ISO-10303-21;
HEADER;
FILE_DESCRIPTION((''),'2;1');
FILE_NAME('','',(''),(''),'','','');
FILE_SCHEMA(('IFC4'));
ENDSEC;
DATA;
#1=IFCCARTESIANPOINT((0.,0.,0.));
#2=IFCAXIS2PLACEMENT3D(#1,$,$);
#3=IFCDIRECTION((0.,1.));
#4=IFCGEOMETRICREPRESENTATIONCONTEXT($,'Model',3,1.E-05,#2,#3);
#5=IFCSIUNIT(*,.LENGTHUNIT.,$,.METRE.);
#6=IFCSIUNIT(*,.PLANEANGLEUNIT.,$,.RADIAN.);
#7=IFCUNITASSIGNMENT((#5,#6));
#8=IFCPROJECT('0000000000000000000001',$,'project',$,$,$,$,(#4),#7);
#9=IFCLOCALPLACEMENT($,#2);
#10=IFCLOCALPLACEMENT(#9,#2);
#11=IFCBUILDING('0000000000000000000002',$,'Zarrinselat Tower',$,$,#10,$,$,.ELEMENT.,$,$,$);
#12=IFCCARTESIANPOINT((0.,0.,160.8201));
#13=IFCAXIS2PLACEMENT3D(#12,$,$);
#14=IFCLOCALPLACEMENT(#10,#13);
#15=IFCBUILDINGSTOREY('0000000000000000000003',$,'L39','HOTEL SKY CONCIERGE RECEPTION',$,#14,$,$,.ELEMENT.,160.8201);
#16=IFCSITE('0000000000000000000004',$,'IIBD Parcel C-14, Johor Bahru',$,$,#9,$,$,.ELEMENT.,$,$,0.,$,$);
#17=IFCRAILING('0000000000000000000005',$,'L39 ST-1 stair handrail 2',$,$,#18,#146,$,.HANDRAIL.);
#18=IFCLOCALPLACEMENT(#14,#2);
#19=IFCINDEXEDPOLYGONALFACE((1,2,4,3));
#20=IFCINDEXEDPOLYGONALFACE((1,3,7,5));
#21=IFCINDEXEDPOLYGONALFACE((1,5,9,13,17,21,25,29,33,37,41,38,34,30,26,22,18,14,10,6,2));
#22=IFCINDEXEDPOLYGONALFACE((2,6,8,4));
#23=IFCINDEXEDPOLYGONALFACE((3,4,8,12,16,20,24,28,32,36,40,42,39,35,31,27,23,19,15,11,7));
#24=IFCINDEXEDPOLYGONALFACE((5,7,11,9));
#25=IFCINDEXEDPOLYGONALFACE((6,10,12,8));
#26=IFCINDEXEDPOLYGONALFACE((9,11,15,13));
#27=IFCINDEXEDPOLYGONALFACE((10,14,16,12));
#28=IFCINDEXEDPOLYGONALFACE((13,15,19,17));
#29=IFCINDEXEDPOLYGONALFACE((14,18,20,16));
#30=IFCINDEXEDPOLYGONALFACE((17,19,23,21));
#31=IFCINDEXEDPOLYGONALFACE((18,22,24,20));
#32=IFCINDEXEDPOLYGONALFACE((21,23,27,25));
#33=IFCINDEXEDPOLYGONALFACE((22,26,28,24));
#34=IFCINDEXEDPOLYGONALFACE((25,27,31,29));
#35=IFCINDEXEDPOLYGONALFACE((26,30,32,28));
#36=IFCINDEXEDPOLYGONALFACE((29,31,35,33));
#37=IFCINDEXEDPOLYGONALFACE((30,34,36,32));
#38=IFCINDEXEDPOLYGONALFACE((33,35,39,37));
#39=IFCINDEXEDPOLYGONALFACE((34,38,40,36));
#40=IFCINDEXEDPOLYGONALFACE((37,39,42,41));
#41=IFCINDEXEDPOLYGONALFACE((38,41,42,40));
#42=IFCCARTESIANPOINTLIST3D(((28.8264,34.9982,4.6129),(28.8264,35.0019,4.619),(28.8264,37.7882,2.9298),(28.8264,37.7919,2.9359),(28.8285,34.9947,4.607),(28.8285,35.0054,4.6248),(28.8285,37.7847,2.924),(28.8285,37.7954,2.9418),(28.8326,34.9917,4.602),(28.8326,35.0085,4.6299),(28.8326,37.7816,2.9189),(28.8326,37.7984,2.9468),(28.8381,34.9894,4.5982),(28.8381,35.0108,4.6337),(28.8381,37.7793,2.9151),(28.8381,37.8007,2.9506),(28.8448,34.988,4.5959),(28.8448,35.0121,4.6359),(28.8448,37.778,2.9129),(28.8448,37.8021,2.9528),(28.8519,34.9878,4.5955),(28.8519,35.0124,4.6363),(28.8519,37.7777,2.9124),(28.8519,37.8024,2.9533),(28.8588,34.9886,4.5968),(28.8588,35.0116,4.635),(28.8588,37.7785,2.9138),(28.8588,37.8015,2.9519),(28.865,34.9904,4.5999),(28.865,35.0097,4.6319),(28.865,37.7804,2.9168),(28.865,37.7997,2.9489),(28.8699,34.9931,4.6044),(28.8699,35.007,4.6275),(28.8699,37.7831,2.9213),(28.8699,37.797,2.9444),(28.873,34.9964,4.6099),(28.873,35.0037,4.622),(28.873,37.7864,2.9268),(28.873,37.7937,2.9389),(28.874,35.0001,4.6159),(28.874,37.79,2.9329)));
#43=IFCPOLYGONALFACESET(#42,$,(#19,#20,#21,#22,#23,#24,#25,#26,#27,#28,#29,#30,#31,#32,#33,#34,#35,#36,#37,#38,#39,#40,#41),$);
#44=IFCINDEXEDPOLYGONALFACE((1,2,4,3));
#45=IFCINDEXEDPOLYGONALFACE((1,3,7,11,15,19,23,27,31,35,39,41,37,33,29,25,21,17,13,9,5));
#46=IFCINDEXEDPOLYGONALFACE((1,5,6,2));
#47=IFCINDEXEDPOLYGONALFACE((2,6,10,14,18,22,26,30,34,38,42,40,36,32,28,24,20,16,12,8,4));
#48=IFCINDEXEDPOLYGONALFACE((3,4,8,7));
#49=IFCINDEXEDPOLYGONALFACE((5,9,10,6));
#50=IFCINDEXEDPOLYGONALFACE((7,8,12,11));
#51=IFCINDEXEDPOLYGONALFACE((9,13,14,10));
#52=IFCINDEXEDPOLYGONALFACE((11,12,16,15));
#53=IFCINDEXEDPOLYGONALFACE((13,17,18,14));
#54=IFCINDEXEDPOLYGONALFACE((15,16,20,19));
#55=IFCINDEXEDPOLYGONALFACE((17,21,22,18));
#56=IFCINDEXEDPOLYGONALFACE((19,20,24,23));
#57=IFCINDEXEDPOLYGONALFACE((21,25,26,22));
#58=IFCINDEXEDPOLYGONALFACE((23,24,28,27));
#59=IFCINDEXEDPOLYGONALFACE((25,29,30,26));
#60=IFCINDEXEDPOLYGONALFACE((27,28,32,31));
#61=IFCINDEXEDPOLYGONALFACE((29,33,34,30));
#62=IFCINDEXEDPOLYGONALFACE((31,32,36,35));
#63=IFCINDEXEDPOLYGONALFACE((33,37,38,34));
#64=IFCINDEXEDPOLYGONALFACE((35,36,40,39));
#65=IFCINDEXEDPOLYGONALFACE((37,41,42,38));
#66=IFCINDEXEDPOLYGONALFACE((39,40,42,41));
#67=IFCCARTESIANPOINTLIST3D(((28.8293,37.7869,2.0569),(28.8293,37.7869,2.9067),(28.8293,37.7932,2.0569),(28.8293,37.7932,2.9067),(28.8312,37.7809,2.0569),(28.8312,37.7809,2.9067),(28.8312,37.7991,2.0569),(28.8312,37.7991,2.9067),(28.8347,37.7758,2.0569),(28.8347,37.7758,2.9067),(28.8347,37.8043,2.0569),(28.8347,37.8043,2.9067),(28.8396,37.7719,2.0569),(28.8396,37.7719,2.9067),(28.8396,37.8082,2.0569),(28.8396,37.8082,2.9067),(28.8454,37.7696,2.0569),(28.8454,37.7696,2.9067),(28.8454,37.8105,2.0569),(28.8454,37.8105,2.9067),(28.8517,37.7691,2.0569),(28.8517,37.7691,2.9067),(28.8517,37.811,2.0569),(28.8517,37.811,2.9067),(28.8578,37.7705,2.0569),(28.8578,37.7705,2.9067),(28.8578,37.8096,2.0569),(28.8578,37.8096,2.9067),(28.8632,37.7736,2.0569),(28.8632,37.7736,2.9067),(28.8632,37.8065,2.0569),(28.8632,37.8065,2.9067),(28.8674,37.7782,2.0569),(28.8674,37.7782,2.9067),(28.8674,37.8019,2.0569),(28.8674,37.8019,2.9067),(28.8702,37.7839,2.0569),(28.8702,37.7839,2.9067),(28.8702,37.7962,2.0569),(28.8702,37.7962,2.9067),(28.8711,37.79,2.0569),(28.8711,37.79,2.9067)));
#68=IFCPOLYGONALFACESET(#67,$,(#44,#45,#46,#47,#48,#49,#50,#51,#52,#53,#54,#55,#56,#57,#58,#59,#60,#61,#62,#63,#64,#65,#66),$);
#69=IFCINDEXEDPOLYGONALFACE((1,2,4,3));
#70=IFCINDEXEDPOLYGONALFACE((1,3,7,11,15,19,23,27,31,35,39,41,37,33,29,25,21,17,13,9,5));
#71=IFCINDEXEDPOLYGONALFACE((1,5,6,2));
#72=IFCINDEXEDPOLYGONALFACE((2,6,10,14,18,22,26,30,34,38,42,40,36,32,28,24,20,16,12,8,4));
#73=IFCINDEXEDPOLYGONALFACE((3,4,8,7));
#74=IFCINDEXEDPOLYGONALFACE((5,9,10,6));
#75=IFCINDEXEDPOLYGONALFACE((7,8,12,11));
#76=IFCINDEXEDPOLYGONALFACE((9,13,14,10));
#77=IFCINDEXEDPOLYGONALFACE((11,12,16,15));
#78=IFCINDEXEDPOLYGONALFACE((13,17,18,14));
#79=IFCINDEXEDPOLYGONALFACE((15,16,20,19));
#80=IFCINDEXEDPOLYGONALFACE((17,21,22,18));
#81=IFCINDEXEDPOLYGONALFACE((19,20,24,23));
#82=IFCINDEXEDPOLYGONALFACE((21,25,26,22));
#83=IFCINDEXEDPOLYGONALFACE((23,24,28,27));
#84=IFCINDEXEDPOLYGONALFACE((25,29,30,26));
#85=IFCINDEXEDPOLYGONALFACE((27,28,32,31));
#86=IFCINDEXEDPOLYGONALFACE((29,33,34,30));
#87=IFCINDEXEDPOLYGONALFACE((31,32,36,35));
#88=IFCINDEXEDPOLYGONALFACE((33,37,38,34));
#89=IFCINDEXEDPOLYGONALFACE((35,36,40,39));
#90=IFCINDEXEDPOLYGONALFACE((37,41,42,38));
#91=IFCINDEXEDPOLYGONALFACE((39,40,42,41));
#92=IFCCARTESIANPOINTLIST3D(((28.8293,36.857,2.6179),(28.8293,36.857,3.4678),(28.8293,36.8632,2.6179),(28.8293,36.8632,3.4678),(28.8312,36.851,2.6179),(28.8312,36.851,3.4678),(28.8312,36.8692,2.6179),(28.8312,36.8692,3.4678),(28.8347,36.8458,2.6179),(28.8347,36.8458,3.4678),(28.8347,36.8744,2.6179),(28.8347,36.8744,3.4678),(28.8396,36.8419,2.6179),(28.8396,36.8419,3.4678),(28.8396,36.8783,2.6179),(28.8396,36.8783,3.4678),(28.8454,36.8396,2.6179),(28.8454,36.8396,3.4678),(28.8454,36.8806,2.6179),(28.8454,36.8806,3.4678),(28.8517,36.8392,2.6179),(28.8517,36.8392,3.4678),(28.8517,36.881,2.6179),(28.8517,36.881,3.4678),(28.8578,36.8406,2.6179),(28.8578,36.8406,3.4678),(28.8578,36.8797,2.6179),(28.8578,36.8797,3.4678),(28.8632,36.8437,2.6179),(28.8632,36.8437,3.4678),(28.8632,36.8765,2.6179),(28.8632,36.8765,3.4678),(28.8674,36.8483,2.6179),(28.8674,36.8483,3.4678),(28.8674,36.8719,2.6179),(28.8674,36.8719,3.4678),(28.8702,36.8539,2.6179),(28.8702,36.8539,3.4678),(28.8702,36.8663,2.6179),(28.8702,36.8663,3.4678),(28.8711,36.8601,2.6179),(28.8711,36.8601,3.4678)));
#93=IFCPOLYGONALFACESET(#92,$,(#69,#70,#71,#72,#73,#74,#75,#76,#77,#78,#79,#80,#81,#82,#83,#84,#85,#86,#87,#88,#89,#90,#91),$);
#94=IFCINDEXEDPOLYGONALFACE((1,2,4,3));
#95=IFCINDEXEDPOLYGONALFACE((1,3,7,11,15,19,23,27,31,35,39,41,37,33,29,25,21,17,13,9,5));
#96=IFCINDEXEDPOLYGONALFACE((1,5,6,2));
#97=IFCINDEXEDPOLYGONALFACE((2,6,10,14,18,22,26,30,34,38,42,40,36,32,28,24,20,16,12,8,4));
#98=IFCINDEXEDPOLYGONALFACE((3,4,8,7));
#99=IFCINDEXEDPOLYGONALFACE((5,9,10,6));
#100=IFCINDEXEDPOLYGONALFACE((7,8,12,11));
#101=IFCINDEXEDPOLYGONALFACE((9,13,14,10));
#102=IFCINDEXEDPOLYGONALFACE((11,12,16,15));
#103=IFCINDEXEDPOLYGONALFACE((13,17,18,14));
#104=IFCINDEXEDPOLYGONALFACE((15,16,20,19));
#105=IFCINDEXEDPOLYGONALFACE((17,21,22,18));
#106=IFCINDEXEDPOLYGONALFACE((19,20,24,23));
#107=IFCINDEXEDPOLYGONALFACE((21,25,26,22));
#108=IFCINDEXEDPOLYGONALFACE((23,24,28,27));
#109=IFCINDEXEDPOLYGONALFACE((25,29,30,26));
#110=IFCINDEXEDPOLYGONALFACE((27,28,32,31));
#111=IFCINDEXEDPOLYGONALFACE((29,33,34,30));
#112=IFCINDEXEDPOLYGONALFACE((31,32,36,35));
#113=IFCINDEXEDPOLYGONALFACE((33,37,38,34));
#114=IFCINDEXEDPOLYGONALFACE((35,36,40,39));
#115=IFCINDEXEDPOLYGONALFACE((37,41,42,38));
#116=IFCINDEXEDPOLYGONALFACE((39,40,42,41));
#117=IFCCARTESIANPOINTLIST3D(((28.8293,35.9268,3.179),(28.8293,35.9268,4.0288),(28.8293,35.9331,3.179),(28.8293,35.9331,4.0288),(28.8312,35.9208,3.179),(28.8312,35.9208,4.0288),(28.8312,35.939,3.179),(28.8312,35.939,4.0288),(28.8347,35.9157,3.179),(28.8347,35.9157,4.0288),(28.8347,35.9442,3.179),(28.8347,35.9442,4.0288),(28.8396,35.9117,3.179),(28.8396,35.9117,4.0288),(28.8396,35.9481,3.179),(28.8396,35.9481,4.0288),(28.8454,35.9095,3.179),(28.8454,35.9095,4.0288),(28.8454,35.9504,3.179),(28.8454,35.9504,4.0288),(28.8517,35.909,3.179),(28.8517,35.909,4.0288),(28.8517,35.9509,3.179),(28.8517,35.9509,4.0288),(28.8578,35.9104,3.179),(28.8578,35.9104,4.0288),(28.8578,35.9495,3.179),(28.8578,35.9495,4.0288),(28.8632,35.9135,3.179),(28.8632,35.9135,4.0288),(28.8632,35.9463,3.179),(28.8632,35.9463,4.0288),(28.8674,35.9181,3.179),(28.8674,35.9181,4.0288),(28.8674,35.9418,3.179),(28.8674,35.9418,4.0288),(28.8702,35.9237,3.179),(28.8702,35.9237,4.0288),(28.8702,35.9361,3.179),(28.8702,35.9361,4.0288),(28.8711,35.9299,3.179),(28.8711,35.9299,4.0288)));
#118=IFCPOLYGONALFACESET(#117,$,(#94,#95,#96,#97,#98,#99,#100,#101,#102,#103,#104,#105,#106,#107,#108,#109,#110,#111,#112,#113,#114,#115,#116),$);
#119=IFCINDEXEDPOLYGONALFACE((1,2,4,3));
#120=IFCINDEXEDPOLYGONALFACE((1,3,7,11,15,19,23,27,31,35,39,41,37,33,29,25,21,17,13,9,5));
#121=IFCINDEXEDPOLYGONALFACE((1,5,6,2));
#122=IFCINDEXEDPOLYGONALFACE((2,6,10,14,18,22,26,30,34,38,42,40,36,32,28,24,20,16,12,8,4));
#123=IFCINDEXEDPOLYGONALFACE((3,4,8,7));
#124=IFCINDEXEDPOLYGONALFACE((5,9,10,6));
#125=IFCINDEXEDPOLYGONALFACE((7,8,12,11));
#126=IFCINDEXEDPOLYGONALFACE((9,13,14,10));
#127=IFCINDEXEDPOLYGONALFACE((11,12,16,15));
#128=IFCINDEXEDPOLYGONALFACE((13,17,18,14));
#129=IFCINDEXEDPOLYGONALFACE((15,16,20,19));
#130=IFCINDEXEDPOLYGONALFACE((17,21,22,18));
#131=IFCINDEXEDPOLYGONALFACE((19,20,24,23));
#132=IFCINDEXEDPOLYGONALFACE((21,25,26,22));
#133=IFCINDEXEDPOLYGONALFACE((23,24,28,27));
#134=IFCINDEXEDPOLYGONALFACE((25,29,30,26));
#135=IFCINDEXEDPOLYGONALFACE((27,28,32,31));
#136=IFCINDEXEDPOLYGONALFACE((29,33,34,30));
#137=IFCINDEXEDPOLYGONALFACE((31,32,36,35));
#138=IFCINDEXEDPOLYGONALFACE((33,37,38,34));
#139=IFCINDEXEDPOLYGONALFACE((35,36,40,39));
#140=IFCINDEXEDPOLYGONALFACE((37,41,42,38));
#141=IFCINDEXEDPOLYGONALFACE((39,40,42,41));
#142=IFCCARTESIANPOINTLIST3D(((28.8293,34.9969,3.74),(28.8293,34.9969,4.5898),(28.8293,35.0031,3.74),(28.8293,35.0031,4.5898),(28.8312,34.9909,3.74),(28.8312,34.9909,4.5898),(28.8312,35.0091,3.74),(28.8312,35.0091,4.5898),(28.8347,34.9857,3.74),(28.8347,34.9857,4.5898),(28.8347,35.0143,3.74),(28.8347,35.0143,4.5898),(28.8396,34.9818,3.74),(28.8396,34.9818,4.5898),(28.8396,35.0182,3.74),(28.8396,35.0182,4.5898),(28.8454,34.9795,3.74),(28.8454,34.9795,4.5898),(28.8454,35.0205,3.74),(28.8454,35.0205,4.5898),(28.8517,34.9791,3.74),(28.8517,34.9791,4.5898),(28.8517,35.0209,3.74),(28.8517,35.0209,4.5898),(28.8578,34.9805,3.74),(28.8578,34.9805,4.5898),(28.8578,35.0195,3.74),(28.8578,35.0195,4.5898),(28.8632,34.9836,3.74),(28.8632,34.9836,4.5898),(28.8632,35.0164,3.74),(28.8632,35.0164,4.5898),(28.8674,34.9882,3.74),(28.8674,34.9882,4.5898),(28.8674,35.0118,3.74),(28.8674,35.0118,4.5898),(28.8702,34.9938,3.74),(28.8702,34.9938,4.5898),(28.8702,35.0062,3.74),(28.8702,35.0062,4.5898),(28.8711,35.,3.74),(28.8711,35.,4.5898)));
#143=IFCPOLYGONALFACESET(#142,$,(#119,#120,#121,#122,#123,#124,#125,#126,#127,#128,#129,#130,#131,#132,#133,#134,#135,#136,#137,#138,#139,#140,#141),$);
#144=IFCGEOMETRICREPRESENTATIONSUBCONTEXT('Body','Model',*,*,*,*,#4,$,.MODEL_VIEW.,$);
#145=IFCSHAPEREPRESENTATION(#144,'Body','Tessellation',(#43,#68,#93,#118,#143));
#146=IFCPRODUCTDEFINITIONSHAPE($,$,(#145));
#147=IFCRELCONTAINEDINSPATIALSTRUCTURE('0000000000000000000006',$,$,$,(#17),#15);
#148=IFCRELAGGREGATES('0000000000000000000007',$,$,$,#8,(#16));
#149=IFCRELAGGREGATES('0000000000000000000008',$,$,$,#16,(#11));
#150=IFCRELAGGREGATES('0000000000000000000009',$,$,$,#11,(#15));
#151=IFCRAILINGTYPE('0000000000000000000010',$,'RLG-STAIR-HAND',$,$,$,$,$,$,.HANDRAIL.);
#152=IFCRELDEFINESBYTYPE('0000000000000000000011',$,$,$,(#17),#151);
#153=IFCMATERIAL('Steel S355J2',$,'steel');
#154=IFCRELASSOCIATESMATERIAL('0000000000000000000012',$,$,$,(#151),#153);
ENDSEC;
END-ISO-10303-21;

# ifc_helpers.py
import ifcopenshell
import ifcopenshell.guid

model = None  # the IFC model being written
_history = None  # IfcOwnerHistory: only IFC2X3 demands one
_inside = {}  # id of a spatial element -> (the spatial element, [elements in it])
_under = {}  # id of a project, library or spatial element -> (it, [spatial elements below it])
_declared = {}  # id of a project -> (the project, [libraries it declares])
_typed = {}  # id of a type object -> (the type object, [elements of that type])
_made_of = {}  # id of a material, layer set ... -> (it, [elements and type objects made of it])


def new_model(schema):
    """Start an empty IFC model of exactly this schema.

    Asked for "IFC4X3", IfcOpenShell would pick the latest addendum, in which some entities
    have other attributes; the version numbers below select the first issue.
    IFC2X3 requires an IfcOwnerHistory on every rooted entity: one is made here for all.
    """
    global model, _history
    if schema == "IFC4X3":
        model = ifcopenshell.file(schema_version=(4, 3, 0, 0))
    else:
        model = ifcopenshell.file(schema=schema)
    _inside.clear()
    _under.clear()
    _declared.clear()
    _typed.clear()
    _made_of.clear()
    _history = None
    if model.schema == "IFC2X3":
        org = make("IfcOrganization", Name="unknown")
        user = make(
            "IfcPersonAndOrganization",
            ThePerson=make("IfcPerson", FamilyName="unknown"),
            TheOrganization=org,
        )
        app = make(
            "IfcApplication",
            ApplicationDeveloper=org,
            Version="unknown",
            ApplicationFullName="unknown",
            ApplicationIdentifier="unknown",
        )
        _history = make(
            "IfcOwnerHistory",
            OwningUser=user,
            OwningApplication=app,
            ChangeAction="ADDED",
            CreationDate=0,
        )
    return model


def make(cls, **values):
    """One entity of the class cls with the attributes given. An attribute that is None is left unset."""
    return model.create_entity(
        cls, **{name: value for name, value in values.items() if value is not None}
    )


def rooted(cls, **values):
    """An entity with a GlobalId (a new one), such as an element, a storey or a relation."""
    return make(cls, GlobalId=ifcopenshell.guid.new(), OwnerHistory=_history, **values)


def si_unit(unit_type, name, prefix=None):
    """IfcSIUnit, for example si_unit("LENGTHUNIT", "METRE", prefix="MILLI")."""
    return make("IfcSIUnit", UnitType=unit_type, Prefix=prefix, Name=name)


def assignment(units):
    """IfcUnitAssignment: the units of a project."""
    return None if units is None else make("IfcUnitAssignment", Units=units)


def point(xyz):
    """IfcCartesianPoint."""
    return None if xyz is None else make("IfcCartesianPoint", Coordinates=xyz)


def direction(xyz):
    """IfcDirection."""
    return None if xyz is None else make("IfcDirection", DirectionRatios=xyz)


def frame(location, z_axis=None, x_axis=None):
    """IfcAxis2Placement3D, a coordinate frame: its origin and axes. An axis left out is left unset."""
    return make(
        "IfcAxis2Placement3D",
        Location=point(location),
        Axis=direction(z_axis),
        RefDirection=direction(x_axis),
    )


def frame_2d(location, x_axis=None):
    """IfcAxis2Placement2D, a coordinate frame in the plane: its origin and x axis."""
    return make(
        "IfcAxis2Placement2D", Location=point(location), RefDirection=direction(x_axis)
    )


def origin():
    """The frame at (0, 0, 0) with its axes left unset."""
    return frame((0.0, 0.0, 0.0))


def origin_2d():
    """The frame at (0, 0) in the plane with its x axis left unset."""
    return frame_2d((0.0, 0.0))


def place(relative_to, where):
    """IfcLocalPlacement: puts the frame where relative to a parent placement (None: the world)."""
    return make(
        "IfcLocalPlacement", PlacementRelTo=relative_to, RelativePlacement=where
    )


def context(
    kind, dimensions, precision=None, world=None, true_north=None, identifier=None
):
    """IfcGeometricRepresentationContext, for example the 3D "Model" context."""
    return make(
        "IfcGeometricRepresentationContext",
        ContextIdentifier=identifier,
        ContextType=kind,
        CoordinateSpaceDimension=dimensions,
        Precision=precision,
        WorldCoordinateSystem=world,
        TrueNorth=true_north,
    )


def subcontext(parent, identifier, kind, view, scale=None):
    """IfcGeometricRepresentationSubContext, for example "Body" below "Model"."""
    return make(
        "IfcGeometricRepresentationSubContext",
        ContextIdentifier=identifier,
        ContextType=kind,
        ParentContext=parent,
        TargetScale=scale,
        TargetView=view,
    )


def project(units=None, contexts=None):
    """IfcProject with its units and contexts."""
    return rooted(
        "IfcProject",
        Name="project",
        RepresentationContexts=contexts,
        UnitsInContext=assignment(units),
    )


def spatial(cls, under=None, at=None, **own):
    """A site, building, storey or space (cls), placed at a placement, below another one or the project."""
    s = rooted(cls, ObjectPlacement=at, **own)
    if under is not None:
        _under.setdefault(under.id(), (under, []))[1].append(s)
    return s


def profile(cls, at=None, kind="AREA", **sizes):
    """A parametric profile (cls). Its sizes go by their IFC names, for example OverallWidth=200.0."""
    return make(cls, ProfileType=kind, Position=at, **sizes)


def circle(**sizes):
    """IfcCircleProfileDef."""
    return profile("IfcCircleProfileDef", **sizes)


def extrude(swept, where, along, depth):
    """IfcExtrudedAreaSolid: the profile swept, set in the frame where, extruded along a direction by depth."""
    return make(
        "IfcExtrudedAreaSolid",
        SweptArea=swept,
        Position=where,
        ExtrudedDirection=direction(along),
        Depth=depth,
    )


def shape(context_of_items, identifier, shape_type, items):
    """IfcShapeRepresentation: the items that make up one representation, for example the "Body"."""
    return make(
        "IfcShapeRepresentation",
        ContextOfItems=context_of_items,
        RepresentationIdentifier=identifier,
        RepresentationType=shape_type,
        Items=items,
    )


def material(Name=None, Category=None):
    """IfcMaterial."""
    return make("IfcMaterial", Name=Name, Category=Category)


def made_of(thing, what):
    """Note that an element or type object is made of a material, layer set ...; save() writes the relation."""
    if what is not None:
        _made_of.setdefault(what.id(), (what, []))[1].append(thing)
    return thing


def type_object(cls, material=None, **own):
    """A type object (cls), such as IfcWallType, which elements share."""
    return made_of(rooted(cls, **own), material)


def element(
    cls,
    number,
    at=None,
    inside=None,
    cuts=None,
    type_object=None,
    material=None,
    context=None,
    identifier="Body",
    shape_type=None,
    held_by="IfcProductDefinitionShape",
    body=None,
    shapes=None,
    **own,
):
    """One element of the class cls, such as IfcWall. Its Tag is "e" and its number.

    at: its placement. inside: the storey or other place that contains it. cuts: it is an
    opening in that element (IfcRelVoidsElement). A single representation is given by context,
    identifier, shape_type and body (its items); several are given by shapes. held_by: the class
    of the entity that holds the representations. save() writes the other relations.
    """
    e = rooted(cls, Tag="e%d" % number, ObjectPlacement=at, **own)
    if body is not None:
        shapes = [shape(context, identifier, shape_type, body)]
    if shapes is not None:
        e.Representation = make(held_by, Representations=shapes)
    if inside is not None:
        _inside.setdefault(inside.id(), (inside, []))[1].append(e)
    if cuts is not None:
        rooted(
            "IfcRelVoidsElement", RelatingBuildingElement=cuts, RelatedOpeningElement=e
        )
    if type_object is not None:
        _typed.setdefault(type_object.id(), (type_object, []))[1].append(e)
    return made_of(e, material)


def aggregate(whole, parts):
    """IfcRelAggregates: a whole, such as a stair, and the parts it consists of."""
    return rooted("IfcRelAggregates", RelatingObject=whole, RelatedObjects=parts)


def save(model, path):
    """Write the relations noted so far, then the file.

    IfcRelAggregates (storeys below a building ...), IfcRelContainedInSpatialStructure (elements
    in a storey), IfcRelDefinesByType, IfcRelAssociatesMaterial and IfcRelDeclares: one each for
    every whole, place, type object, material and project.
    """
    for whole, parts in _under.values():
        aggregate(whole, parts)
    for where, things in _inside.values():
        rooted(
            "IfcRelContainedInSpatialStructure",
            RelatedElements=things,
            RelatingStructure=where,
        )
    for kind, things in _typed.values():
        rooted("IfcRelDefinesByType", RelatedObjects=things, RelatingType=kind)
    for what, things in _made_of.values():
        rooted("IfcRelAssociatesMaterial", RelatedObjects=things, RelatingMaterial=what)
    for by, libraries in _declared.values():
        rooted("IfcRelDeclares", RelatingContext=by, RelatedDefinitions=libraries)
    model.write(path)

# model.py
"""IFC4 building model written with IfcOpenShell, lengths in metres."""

from ifc_helpers import new_model, si_unit, direction, frame, origin, origin_2d, place, context, subcontext, project, spatial, circle, extrude, material, type_object, element, save


model = new_model("IFC4")

# Units and contexts
model_context = context("Model", 3, precision=1e-05, world=origin(), true_north=direction((0.0, 1.0)))
body_context = subcontext(model_context, "Body", "Model", "MODEL_VIEW")
ifc_project = project(units=[si_unit("LENGTHUNIT", "METRE"), si_unit("PLANEANGLEUNIT", "RADIAN")], contexts=[model_context])

# Site, building, storey
site_placement = place(None, origin())
site = spatial("IfcSite", under=ifc_project, at=site_placement, Name="IIBD Parcel C-14, Johor Bahru", CompositionType="ELEMENT", RefElevation=0.0)
building_placement = place(site_placement, origin())
building = spatial("IfcBuilding", under=site, at=building_placement, Name="Zarrinselat Tower", CompositionType="ELEMENT")
storey_placement = place(building_placement, frame((0.0, 0.0, 160.8201)))
storey = spatial("IfcBuildingStorey", under=building, at=storey_placement, Name="L39", Description="HOTEL SKY CONCIERGE RECEPTION", CompositionType="ELEMENT", Elevation=160.8201)

# Railing
ifc_material_1 = material(Name="Steel S355J2", Category="steel")
railing_type_1 = type_object("IfcRailingType", Name="RLG-STAIR-HAND", PredefinedType="HANDRAIL", material=ifc_material_1)
railing_1_placement = place(storey_placement, frame((28.8501, 37.79, 2.0569)))
element("IfcRailing", 1, at=railing_1_placement, inside=storey, type_object=railing_type_1, Name="L39 ST-1 stair handrail 2", PredefinedType="HANDRAIL", context=body_context, shape_type="SweptSolid", body=[
    extrude(circle(Radius=0.0239, at=origin_2d()), frame((0.0, 0.0, 0.876), z_axis=(0.0, -0.856261, 0.516544), x_axis=(1.0, 0.0, 0.0)), (0.0, 0.0, 1.0), 3.2583),
    extrude(circle(Radius=0.021, at=origin_2d()), origin(), (0.0, 0.0, 1.0), 0.8499),
    extrude(circle(Radius=0.021, at=origin_2d()), frame((0.0, -0.9299, 0.561)), (0.0, 0.0, 1.0), 0.8499),
    extrude(circle(Radius=0.021, at=origin_2d()), frame((0.0, -1.8601, 1.1221)), (0.0, 0.0, 1.0), 0.8499),
    extrude(circle(Radius=0.021, at=origin_2d()), frame((0.0, -2.79, 1.6831)), (0.0, 0.0, 1.0), 0.8499),
])

save(model, "model.ifc")
